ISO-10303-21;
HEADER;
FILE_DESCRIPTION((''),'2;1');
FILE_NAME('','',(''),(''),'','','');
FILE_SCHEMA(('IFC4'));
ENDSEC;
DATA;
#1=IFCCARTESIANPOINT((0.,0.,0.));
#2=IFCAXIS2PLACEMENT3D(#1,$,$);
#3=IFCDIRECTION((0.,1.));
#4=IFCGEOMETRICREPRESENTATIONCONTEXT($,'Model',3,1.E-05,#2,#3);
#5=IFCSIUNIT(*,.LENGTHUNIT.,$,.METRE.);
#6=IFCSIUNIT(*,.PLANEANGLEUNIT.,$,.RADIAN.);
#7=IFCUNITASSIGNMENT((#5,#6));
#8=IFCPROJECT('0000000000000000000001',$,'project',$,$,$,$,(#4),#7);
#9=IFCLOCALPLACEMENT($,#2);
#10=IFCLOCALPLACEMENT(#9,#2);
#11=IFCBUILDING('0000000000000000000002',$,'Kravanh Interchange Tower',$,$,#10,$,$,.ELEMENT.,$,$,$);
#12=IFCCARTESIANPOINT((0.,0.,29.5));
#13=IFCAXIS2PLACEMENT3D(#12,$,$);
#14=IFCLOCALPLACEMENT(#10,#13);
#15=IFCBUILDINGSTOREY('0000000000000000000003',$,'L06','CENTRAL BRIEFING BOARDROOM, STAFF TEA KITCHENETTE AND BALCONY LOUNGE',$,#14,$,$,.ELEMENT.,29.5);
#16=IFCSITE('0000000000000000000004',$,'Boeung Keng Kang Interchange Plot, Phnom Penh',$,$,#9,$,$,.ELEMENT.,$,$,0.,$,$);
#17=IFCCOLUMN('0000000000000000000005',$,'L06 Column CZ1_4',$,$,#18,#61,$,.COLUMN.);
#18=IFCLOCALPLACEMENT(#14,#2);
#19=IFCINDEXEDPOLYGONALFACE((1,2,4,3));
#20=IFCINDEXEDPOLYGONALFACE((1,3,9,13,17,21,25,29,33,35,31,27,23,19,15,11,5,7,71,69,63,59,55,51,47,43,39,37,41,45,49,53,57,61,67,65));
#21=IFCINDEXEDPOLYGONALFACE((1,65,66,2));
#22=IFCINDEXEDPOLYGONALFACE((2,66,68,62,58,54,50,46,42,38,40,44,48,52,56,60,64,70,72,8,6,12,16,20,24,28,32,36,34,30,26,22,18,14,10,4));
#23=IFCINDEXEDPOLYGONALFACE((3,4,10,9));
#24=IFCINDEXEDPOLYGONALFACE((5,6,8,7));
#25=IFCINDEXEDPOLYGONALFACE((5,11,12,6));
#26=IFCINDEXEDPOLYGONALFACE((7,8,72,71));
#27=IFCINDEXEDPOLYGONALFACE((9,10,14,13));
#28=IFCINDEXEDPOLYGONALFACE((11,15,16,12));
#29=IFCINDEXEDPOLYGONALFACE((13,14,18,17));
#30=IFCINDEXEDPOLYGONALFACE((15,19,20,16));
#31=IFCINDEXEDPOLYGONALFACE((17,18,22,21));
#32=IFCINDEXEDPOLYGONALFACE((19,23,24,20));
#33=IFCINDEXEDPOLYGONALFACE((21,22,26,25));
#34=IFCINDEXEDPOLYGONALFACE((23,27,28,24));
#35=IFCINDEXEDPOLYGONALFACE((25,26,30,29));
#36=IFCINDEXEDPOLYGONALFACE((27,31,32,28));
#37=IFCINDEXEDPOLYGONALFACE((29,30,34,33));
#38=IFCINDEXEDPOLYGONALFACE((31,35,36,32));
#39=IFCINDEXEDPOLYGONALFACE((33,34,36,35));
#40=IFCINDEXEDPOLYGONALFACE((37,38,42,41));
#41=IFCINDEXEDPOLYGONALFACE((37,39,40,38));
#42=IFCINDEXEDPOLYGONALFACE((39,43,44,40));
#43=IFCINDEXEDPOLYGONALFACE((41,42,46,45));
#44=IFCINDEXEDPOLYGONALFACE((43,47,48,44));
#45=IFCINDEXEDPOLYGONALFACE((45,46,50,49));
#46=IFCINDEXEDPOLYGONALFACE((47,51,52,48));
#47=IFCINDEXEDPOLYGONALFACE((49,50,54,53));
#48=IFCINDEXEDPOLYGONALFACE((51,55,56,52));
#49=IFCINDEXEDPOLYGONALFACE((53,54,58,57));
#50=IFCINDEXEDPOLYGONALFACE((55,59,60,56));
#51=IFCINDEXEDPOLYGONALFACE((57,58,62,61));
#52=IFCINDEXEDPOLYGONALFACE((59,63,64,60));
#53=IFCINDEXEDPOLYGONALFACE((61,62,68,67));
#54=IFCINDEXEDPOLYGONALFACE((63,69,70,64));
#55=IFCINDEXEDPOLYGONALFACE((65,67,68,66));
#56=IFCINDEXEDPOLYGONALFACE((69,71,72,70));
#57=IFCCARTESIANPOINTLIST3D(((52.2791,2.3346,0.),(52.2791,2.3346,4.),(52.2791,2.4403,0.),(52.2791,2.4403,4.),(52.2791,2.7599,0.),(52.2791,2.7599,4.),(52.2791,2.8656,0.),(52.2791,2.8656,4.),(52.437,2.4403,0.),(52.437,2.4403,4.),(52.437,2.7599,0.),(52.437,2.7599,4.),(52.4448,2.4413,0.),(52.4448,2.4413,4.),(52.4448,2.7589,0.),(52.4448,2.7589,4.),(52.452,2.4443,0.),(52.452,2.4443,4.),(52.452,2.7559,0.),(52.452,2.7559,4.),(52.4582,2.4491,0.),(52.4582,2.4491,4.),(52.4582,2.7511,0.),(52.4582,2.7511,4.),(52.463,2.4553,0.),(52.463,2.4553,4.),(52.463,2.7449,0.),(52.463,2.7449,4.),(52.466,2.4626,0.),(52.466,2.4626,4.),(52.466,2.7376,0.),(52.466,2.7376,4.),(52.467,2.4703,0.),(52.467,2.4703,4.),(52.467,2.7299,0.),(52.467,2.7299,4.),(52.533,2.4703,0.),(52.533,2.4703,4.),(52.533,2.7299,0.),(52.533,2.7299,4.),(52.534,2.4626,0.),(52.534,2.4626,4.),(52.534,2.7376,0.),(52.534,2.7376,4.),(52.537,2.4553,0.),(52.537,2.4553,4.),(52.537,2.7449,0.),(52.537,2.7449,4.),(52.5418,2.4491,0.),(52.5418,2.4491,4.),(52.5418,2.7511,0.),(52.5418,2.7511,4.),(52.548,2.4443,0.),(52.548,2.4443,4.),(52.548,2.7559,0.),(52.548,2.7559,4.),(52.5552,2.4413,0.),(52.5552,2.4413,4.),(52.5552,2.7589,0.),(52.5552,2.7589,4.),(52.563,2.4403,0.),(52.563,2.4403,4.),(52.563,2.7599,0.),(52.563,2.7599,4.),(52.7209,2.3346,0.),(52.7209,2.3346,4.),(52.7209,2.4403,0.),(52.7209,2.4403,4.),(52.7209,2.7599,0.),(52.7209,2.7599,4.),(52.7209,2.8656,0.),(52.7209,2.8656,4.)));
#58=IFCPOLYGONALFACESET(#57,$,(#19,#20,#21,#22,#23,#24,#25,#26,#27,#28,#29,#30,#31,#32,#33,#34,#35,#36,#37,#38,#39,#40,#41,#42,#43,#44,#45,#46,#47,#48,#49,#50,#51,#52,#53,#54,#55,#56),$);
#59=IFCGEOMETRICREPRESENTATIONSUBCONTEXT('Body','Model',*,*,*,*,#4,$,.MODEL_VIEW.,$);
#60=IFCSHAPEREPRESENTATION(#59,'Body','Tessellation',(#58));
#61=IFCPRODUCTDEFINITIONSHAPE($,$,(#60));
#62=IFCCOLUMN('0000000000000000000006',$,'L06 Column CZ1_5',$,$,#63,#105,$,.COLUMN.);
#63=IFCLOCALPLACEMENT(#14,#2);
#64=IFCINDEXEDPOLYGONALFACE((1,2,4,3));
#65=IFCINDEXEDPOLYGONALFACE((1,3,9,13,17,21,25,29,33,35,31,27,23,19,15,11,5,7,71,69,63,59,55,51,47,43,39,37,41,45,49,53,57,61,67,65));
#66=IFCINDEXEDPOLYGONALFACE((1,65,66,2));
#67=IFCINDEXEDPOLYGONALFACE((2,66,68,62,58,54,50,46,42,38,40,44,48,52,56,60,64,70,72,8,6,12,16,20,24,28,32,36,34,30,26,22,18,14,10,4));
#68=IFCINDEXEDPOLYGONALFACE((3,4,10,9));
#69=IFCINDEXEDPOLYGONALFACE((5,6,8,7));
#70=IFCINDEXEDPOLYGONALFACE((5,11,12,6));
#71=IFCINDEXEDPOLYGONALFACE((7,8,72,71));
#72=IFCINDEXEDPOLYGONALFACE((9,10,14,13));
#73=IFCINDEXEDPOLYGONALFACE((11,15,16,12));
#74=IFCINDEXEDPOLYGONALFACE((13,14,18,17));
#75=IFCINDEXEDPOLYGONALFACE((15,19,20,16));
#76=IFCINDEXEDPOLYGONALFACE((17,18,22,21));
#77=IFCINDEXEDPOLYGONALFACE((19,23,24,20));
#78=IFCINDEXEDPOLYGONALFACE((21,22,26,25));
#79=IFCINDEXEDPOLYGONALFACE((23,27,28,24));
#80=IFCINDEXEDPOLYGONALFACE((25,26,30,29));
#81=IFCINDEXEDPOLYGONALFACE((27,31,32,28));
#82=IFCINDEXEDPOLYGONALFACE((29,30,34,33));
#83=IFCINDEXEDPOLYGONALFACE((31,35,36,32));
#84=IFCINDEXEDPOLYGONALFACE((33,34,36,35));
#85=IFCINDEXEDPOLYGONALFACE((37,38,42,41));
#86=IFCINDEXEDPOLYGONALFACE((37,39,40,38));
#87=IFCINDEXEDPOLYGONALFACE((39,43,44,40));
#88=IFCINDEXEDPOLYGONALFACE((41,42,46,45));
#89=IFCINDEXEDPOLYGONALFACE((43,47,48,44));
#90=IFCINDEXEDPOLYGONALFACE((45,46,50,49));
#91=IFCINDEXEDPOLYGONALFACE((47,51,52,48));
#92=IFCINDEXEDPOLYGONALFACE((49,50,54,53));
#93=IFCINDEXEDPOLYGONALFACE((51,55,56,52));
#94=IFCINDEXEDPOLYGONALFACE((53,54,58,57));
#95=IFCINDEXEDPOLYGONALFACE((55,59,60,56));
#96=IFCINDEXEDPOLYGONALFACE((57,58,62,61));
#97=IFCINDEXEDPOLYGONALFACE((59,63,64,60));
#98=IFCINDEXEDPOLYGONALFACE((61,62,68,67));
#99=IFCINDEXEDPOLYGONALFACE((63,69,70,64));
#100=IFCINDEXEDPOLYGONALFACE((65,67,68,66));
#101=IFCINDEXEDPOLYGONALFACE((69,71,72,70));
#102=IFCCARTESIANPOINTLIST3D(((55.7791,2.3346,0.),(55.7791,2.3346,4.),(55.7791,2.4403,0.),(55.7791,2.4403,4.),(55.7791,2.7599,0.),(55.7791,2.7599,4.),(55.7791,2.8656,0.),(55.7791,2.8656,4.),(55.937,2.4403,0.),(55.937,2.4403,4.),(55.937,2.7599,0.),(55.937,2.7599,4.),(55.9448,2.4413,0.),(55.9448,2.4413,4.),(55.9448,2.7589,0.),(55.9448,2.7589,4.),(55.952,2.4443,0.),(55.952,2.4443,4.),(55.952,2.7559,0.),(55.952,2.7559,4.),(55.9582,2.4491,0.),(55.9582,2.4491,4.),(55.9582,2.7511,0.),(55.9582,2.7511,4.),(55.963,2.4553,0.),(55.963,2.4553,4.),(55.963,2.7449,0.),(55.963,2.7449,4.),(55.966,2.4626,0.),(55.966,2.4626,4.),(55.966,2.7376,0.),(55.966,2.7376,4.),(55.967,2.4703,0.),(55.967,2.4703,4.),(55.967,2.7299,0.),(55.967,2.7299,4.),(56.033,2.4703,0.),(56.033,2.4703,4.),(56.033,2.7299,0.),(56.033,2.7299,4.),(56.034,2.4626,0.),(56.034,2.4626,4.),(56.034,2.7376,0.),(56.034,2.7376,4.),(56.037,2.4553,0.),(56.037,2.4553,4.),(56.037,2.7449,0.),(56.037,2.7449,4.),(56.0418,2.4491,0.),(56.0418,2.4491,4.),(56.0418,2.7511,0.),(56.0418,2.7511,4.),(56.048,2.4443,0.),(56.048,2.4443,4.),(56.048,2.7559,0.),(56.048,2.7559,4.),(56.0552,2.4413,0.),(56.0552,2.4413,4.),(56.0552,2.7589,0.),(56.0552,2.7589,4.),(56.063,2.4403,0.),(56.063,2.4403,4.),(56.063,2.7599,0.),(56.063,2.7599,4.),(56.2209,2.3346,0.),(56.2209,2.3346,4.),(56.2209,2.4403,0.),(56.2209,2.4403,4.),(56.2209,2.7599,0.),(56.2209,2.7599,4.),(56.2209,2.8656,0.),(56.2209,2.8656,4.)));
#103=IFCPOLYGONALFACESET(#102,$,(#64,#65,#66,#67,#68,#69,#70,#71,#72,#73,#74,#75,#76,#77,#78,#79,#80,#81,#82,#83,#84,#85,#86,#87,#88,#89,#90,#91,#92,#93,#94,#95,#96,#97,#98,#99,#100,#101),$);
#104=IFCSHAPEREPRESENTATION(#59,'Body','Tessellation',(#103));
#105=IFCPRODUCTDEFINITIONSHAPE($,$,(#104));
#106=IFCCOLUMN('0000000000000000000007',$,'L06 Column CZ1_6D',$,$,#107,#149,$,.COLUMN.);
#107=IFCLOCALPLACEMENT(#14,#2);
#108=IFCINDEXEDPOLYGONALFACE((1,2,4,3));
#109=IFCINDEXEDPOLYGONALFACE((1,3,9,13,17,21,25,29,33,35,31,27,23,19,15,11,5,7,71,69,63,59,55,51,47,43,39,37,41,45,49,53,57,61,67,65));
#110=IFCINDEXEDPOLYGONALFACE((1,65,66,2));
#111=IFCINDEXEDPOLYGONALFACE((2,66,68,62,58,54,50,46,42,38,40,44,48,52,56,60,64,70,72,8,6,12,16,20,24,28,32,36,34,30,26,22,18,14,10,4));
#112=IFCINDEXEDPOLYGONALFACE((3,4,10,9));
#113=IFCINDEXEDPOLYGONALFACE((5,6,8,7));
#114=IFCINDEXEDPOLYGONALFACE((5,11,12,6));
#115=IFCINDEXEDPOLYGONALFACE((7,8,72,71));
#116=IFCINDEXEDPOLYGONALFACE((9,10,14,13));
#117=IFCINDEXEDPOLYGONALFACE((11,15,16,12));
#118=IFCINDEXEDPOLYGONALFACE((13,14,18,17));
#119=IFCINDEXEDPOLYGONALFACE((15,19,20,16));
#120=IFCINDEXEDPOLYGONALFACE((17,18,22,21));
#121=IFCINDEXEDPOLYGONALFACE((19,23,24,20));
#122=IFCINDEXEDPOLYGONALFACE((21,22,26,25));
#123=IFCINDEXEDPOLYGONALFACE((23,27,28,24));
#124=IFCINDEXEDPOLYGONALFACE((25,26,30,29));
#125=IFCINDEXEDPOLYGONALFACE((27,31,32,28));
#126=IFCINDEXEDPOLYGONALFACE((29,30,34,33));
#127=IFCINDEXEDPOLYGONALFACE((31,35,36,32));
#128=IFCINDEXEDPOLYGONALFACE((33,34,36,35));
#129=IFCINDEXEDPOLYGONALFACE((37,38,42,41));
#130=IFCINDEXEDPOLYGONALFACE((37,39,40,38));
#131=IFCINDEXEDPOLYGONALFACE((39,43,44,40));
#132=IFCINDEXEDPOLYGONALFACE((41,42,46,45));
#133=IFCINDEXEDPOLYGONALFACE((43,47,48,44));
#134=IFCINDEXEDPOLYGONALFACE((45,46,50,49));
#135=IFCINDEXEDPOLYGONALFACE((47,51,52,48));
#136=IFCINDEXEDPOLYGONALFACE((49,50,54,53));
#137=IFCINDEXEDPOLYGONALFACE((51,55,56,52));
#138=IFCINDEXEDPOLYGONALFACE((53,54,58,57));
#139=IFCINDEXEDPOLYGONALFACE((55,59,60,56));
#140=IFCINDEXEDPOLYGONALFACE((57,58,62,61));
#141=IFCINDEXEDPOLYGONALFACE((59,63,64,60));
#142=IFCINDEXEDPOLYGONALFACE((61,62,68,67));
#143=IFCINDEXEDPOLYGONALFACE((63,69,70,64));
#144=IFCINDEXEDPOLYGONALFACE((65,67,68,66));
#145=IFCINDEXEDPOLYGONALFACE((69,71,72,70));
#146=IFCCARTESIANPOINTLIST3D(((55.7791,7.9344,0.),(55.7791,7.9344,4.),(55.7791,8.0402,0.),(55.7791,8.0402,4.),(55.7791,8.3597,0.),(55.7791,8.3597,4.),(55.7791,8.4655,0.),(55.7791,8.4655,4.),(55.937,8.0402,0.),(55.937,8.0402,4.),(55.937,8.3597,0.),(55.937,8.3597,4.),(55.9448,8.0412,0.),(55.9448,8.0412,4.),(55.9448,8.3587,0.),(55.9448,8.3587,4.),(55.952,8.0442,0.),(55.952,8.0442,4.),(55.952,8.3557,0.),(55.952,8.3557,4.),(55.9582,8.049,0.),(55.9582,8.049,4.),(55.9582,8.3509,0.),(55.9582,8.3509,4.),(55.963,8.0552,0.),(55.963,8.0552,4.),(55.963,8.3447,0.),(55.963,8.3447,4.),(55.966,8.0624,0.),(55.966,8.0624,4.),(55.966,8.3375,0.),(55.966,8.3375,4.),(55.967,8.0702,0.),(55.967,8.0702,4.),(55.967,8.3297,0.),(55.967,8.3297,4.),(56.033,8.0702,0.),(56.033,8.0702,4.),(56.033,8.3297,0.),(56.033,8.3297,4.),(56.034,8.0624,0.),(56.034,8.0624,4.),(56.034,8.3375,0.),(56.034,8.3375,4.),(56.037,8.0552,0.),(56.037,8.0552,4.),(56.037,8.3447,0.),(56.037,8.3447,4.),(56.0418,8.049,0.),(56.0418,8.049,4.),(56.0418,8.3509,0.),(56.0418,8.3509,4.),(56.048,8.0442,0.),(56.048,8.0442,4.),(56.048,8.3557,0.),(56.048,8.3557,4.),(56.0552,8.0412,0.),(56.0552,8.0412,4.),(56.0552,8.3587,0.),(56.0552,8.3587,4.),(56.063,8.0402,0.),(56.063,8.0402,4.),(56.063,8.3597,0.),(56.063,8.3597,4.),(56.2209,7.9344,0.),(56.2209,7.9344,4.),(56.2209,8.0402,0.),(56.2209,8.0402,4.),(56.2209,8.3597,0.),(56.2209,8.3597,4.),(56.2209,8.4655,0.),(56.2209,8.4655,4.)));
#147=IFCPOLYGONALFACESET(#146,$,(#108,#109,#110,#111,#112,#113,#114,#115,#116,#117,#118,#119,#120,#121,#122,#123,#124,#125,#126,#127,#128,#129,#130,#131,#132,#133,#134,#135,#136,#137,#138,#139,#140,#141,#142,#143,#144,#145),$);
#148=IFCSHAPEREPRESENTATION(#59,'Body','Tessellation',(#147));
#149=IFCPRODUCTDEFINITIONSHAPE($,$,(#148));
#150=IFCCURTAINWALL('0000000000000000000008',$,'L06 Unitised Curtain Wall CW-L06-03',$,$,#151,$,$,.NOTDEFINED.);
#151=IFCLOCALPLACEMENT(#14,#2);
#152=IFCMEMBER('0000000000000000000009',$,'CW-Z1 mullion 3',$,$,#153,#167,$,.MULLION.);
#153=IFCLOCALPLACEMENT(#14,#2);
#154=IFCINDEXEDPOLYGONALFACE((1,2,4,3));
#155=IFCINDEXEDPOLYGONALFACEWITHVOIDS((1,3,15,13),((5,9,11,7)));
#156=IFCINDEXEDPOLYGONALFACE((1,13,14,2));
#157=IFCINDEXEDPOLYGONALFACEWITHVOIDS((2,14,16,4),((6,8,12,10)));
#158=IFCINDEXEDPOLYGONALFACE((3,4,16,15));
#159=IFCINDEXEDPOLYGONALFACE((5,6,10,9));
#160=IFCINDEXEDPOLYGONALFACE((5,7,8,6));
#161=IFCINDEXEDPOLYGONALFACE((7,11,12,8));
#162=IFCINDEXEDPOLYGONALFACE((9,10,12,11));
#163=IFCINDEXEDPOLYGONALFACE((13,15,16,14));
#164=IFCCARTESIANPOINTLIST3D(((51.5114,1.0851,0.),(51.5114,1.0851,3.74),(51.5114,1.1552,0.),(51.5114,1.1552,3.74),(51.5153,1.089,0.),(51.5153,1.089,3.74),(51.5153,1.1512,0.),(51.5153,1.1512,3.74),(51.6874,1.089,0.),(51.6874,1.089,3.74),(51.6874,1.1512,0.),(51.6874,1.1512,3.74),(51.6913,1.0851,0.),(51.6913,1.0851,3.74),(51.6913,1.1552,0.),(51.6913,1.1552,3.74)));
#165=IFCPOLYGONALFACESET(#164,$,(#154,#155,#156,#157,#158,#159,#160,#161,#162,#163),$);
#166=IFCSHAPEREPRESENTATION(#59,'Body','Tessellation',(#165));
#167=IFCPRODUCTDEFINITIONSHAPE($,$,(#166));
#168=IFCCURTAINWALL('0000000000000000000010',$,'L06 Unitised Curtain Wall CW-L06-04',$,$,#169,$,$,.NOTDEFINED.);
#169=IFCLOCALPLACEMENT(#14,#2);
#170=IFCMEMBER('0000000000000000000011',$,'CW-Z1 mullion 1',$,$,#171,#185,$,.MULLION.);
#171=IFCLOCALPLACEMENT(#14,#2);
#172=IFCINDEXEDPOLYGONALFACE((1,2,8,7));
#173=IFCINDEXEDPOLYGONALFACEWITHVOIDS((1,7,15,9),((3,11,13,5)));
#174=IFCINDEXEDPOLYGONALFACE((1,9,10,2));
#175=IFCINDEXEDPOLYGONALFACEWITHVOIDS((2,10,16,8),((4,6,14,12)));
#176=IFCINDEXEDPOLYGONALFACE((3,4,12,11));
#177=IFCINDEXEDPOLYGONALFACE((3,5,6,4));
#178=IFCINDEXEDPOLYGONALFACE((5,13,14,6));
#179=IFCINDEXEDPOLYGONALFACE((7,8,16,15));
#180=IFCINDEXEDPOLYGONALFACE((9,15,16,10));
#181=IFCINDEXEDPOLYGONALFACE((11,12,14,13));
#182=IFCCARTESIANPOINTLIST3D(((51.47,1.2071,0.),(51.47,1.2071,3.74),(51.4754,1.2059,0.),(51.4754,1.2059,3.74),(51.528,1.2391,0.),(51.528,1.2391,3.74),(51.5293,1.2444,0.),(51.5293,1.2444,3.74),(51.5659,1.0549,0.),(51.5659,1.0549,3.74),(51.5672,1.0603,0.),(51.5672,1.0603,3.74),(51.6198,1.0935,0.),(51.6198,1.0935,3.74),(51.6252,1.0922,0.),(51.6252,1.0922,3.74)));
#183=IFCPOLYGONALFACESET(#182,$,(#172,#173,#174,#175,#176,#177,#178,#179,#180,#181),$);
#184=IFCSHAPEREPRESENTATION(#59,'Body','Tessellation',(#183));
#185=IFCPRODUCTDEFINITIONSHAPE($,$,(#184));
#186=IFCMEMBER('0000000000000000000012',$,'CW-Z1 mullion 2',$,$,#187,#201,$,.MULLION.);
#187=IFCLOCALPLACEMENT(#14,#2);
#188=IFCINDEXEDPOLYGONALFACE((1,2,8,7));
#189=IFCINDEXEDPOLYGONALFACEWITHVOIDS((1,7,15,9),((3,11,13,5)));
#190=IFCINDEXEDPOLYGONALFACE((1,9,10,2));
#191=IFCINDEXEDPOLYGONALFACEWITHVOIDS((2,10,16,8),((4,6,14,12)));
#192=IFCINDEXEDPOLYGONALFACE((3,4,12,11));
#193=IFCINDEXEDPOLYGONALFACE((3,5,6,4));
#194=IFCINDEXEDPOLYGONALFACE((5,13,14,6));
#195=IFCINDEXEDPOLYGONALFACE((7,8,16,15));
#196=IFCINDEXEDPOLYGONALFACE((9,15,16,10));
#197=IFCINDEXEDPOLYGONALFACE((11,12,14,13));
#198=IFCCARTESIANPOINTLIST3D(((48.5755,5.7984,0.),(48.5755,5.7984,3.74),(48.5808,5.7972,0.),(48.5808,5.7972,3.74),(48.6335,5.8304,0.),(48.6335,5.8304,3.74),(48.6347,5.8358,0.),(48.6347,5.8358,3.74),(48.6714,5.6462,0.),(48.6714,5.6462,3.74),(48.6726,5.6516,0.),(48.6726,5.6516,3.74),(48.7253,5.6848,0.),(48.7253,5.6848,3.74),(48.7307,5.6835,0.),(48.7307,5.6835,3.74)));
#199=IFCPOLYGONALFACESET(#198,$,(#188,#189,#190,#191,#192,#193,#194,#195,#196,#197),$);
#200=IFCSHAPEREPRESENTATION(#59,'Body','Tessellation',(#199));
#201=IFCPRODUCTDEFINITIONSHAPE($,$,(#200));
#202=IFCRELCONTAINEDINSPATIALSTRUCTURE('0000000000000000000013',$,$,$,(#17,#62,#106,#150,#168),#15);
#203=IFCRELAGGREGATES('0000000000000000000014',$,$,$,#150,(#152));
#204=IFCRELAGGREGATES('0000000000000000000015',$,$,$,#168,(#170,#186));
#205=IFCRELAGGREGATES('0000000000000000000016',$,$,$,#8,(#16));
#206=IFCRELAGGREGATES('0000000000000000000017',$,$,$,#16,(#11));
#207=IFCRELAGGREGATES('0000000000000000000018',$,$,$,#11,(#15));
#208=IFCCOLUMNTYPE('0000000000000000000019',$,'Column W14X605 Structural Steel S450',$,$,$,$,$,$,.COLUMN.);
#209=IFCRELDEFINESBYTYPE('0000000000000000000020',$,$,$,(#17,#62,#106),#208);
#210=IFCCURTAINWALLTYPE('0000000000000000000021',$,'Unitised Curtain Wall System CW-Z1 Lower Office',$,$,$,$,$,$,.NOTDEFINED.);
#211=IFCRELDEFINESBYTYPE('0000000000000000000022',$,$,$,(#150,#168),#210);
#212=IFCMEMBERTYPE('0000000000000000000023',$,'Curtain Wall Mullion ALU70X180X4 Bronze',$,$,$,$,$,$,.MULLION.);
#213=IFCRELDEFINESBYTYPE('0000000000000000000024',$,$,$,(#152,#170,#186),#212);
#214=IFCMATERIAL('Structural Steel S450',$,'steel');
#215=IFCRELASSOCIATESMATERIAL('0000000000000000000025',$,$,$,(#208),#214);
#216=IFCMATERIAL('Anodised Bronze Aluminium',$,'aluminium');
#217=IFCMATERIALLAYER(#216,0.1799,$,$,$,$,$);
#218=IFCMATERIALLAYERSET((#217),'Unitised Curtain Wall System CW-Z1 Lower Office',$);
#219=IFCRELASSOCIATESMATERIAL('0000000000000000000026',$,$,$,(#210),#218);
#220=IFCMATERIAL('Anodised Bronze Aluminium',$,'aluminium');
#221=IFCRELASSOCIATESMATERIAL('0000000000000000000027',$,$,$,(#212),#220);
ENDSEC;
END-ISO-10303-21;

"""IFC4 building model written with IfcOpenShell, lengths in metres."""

from ifc_helpers import new_model, si_unit, direction, frame, origin, origin_2d, place, context, subcontext, project, spatial, hollow_rectangle, i_section, extrude, material, layer, layer_set, material_profile, profile_set, type_object, element, aggregate, save


model = new_model("IFC4")

# Units and contexts
model_context = context("Model", 3, precision=1e-05, world=origin(), true_north=direction((0.0, 1.0)))
body_context = subcontext(model_context, "Body", "Model", "MODEL_VIEW")
ifc_project = project(units=[si_unit("LENGTHUNIT", "METRE"), si_unit("PLANEANGLEUNIT", "RADIAN")], contexts=[model_context])

# Site, building, storey
site_placement = place(None, origin())
site = spatial("IfcSite", under=ifc_project, at=site_placement, Name="Boeung Keng Kang Interchange Plot, Phnom Penh", CompositionType="ELEMENT", RefElevation=0.0)
building_placement = place(site_placement, origin())
building = spatial("IfcBuilding", under=site, at=building_placement, Name="Kravanh Interchange Tower", CompositionType="ELEMENT")
storey_placement = place(building_placement, frame((0.0, 0.0, 29.5)))
storey = spatial("IfcBuildingStorey", under=building, at=storey_placement, Name="L06", Description="CENTRAL BRIEFING BOARDROOM, STAFF TEA KITCHENETTE AND BALCONY LOUNGE", CompositionType="ELEMENT", Elevation=29.5)

# Columns
ifc_material_1 = material(Name="Structural Steel S450", Category="steel")
ifc_material_profile_1 = material_profile(ifc_material_1, i_section(OverallWidth=0.4419, OverallDepth=0.531, WebThickness=0.0659, FlangeThickness=0.1057, FilletRadius=0.03, at=origin_2d()), Name="W14X605")
ifc_profile_set_1 = profile_set([ifc_material_profile_1], Name="Structural Steel S450")
column_type = type_object("IfcColumnType", Name="Column W14X605 Structural Steel S450", PredefinedType="COLUMN", material=ifc_profile_set_1)
for number, where, z_axis, x_axis, name in (
    (1, (52.5, 2.6001, 0.0), (0.0, 0.0, 1.0), (1.0, 0.0, 0.0), "L06 Column CZ1_4"),
    (2, (56.0, 2.6001, 0.0), (0.0, 0.0, 1.0), (1.0, 0.0, 0.0), "L06 Column CZ1_5"),
    (3, (56.0, 8.2, 0.0), (0.0, 0.0, 1.0), (1.0, 0.0, 0.0), "L06 Column CZ1_6D"),
):
    element("IfcColumn", number, at=place(storey_placement, frame(where, z_axis=z_axis, x_axis=x_axis)), inside=storey, type_object=column_type, Name=name, PredefinedType="COLUMN", context=body_context, shape_type="SweptSolid", body=[
        extrude(i_section(OverallWidth=0.4419, OverallDepth=0.531, WebThickness=0.0659, FlangeThickness=0.1057, FilletRadius=0.03, at=origin_2d()), origin(), (0.0, 0.0, 1.0), 4.0),
    ])

# Curtain wall, member
ifc_material_2 = material(Name="Anodised Bronze Aluminium", Category="aluminium")
ifc_layer_1 = layer(ifc_material_2, 0.1799)
ifc_layer_set_1 = layer_set([ifc_layer_1], Name="Unitised Curtain Wall System CW-Z1 Lower Office")
curtain_wall_type = type_object("IfcCurtainWallType", Name="Unitised Curtain Wall System CW-Z1 Lower Office", PredefinedType="NOTDEFINED", material=ifc_layer_set_1)
curtain_wall_1_placement = place(storey_placement, origin())
curtain_wall_1 = element("IfcCurtainWall", 4, at=curtain_wall_1_placement, inside=storey, type_object=curtain_wall_type, Name="L06 Unitised Curtain Wall CW-L06-03", PredefinedType="NOTDEFINED")
ifc_material_3 = material(Name="Anodised Bronze Aluminium", Category="aluminium")
ifc_material_profile_2 = material_profile(ifc_material_3, hollow_rectangle(XDim=0.0701, YDim=0.1799, WallThickness=0.0039, at=origin_2d()), Name="ALU70X180X4")
ifc_profile_set_2 = profile_set([ifc_material_profile_2], Name="Anodised Bronze Aluminium")
member_type_1 = type_object("IfcMemberType", Name="Curtain Wall Mullion ALU70X180X4 Bronze", PredefinedType="MULLION", material=ifc_profile_set_2)
member_1_placement = place(storey_placement, frame((51.6013, 1.1201, 0.0), z_axis=(0.0, 0.0, 1.0), x_axis=(0.0, -1.0, 0.0)))
member_1 = element("IfcMember", 5, at=member_1_placement, type_object=member_type_1, Name="CW-Z1 mullion 3", PredefinedType="MULLION", context=body_context, shape_type="SweptSolid", body=[
    extrude(hollow_rectangle(XDim=0.0701, YDim=0.1799, WallThickness=0.0039, at=origin_2d()), origin(), (0.0, 0.0, 1.0), 3.74),
])

# Curtain wall, members
curtain_wall_2_placement = place(storey_placement, origin())
curtain_wall_2 = element("IfcCurtainWall", 6, at=curtain_wall_2_placement, inside=storey, type_object=curtain_wall_type, Name="L06 Unitised Curtain Wall CW-L06-04", PredefinedType="NOTDEFINED")
member_2_placement = place(storey_placement, frame((51.5476, 1.1497, 0.0), z_axis=(0.0, 0.0, 1.0), x_axis=(-0.845926, -0.533301, 0.0)))
member_2 = element("IfcMember", 7, at=member_2_placement, type_object=member_type_1, Name="CW-Z1 mullion 1", PredefinedType="MULLION", context=body_context, shape_type="SweptSolid", body=[
    extrude(hollow_rectangle(XDim=0.0701, YDim=0.1799, WallThickness=0.0039, at=origin_2d()), origin(), (0.0, 0.0, 1.0), 3.74),
])
member_3_placement = place(storey_placement, frame((48.6531, 5.741, 0.0), z_axis=(0.0, 0.0, 1.0), x_axis=(-0.845926, -0.533301, 0.0)))
member_3 = element("IfcMember", 8, at=member_3_placement, type_object=member_type_1, Name="CW-Z1 mullion 2", PredefinedType="MULLION", context=body_context, shape_type="SweptSolid", body=[
    extrude(hollow_rectangle(XDim=0.0701, YDim=0.1799, WallThickness=0.0039, at=origin_2d()), origin(), (0.0, 0.0, 1.0), 3.74),
])

aggregate(curtain_wall_1, [member_1])
aggregate(curtain_wall_2, [member_2, member_3])

save(model, "model.ifc")
